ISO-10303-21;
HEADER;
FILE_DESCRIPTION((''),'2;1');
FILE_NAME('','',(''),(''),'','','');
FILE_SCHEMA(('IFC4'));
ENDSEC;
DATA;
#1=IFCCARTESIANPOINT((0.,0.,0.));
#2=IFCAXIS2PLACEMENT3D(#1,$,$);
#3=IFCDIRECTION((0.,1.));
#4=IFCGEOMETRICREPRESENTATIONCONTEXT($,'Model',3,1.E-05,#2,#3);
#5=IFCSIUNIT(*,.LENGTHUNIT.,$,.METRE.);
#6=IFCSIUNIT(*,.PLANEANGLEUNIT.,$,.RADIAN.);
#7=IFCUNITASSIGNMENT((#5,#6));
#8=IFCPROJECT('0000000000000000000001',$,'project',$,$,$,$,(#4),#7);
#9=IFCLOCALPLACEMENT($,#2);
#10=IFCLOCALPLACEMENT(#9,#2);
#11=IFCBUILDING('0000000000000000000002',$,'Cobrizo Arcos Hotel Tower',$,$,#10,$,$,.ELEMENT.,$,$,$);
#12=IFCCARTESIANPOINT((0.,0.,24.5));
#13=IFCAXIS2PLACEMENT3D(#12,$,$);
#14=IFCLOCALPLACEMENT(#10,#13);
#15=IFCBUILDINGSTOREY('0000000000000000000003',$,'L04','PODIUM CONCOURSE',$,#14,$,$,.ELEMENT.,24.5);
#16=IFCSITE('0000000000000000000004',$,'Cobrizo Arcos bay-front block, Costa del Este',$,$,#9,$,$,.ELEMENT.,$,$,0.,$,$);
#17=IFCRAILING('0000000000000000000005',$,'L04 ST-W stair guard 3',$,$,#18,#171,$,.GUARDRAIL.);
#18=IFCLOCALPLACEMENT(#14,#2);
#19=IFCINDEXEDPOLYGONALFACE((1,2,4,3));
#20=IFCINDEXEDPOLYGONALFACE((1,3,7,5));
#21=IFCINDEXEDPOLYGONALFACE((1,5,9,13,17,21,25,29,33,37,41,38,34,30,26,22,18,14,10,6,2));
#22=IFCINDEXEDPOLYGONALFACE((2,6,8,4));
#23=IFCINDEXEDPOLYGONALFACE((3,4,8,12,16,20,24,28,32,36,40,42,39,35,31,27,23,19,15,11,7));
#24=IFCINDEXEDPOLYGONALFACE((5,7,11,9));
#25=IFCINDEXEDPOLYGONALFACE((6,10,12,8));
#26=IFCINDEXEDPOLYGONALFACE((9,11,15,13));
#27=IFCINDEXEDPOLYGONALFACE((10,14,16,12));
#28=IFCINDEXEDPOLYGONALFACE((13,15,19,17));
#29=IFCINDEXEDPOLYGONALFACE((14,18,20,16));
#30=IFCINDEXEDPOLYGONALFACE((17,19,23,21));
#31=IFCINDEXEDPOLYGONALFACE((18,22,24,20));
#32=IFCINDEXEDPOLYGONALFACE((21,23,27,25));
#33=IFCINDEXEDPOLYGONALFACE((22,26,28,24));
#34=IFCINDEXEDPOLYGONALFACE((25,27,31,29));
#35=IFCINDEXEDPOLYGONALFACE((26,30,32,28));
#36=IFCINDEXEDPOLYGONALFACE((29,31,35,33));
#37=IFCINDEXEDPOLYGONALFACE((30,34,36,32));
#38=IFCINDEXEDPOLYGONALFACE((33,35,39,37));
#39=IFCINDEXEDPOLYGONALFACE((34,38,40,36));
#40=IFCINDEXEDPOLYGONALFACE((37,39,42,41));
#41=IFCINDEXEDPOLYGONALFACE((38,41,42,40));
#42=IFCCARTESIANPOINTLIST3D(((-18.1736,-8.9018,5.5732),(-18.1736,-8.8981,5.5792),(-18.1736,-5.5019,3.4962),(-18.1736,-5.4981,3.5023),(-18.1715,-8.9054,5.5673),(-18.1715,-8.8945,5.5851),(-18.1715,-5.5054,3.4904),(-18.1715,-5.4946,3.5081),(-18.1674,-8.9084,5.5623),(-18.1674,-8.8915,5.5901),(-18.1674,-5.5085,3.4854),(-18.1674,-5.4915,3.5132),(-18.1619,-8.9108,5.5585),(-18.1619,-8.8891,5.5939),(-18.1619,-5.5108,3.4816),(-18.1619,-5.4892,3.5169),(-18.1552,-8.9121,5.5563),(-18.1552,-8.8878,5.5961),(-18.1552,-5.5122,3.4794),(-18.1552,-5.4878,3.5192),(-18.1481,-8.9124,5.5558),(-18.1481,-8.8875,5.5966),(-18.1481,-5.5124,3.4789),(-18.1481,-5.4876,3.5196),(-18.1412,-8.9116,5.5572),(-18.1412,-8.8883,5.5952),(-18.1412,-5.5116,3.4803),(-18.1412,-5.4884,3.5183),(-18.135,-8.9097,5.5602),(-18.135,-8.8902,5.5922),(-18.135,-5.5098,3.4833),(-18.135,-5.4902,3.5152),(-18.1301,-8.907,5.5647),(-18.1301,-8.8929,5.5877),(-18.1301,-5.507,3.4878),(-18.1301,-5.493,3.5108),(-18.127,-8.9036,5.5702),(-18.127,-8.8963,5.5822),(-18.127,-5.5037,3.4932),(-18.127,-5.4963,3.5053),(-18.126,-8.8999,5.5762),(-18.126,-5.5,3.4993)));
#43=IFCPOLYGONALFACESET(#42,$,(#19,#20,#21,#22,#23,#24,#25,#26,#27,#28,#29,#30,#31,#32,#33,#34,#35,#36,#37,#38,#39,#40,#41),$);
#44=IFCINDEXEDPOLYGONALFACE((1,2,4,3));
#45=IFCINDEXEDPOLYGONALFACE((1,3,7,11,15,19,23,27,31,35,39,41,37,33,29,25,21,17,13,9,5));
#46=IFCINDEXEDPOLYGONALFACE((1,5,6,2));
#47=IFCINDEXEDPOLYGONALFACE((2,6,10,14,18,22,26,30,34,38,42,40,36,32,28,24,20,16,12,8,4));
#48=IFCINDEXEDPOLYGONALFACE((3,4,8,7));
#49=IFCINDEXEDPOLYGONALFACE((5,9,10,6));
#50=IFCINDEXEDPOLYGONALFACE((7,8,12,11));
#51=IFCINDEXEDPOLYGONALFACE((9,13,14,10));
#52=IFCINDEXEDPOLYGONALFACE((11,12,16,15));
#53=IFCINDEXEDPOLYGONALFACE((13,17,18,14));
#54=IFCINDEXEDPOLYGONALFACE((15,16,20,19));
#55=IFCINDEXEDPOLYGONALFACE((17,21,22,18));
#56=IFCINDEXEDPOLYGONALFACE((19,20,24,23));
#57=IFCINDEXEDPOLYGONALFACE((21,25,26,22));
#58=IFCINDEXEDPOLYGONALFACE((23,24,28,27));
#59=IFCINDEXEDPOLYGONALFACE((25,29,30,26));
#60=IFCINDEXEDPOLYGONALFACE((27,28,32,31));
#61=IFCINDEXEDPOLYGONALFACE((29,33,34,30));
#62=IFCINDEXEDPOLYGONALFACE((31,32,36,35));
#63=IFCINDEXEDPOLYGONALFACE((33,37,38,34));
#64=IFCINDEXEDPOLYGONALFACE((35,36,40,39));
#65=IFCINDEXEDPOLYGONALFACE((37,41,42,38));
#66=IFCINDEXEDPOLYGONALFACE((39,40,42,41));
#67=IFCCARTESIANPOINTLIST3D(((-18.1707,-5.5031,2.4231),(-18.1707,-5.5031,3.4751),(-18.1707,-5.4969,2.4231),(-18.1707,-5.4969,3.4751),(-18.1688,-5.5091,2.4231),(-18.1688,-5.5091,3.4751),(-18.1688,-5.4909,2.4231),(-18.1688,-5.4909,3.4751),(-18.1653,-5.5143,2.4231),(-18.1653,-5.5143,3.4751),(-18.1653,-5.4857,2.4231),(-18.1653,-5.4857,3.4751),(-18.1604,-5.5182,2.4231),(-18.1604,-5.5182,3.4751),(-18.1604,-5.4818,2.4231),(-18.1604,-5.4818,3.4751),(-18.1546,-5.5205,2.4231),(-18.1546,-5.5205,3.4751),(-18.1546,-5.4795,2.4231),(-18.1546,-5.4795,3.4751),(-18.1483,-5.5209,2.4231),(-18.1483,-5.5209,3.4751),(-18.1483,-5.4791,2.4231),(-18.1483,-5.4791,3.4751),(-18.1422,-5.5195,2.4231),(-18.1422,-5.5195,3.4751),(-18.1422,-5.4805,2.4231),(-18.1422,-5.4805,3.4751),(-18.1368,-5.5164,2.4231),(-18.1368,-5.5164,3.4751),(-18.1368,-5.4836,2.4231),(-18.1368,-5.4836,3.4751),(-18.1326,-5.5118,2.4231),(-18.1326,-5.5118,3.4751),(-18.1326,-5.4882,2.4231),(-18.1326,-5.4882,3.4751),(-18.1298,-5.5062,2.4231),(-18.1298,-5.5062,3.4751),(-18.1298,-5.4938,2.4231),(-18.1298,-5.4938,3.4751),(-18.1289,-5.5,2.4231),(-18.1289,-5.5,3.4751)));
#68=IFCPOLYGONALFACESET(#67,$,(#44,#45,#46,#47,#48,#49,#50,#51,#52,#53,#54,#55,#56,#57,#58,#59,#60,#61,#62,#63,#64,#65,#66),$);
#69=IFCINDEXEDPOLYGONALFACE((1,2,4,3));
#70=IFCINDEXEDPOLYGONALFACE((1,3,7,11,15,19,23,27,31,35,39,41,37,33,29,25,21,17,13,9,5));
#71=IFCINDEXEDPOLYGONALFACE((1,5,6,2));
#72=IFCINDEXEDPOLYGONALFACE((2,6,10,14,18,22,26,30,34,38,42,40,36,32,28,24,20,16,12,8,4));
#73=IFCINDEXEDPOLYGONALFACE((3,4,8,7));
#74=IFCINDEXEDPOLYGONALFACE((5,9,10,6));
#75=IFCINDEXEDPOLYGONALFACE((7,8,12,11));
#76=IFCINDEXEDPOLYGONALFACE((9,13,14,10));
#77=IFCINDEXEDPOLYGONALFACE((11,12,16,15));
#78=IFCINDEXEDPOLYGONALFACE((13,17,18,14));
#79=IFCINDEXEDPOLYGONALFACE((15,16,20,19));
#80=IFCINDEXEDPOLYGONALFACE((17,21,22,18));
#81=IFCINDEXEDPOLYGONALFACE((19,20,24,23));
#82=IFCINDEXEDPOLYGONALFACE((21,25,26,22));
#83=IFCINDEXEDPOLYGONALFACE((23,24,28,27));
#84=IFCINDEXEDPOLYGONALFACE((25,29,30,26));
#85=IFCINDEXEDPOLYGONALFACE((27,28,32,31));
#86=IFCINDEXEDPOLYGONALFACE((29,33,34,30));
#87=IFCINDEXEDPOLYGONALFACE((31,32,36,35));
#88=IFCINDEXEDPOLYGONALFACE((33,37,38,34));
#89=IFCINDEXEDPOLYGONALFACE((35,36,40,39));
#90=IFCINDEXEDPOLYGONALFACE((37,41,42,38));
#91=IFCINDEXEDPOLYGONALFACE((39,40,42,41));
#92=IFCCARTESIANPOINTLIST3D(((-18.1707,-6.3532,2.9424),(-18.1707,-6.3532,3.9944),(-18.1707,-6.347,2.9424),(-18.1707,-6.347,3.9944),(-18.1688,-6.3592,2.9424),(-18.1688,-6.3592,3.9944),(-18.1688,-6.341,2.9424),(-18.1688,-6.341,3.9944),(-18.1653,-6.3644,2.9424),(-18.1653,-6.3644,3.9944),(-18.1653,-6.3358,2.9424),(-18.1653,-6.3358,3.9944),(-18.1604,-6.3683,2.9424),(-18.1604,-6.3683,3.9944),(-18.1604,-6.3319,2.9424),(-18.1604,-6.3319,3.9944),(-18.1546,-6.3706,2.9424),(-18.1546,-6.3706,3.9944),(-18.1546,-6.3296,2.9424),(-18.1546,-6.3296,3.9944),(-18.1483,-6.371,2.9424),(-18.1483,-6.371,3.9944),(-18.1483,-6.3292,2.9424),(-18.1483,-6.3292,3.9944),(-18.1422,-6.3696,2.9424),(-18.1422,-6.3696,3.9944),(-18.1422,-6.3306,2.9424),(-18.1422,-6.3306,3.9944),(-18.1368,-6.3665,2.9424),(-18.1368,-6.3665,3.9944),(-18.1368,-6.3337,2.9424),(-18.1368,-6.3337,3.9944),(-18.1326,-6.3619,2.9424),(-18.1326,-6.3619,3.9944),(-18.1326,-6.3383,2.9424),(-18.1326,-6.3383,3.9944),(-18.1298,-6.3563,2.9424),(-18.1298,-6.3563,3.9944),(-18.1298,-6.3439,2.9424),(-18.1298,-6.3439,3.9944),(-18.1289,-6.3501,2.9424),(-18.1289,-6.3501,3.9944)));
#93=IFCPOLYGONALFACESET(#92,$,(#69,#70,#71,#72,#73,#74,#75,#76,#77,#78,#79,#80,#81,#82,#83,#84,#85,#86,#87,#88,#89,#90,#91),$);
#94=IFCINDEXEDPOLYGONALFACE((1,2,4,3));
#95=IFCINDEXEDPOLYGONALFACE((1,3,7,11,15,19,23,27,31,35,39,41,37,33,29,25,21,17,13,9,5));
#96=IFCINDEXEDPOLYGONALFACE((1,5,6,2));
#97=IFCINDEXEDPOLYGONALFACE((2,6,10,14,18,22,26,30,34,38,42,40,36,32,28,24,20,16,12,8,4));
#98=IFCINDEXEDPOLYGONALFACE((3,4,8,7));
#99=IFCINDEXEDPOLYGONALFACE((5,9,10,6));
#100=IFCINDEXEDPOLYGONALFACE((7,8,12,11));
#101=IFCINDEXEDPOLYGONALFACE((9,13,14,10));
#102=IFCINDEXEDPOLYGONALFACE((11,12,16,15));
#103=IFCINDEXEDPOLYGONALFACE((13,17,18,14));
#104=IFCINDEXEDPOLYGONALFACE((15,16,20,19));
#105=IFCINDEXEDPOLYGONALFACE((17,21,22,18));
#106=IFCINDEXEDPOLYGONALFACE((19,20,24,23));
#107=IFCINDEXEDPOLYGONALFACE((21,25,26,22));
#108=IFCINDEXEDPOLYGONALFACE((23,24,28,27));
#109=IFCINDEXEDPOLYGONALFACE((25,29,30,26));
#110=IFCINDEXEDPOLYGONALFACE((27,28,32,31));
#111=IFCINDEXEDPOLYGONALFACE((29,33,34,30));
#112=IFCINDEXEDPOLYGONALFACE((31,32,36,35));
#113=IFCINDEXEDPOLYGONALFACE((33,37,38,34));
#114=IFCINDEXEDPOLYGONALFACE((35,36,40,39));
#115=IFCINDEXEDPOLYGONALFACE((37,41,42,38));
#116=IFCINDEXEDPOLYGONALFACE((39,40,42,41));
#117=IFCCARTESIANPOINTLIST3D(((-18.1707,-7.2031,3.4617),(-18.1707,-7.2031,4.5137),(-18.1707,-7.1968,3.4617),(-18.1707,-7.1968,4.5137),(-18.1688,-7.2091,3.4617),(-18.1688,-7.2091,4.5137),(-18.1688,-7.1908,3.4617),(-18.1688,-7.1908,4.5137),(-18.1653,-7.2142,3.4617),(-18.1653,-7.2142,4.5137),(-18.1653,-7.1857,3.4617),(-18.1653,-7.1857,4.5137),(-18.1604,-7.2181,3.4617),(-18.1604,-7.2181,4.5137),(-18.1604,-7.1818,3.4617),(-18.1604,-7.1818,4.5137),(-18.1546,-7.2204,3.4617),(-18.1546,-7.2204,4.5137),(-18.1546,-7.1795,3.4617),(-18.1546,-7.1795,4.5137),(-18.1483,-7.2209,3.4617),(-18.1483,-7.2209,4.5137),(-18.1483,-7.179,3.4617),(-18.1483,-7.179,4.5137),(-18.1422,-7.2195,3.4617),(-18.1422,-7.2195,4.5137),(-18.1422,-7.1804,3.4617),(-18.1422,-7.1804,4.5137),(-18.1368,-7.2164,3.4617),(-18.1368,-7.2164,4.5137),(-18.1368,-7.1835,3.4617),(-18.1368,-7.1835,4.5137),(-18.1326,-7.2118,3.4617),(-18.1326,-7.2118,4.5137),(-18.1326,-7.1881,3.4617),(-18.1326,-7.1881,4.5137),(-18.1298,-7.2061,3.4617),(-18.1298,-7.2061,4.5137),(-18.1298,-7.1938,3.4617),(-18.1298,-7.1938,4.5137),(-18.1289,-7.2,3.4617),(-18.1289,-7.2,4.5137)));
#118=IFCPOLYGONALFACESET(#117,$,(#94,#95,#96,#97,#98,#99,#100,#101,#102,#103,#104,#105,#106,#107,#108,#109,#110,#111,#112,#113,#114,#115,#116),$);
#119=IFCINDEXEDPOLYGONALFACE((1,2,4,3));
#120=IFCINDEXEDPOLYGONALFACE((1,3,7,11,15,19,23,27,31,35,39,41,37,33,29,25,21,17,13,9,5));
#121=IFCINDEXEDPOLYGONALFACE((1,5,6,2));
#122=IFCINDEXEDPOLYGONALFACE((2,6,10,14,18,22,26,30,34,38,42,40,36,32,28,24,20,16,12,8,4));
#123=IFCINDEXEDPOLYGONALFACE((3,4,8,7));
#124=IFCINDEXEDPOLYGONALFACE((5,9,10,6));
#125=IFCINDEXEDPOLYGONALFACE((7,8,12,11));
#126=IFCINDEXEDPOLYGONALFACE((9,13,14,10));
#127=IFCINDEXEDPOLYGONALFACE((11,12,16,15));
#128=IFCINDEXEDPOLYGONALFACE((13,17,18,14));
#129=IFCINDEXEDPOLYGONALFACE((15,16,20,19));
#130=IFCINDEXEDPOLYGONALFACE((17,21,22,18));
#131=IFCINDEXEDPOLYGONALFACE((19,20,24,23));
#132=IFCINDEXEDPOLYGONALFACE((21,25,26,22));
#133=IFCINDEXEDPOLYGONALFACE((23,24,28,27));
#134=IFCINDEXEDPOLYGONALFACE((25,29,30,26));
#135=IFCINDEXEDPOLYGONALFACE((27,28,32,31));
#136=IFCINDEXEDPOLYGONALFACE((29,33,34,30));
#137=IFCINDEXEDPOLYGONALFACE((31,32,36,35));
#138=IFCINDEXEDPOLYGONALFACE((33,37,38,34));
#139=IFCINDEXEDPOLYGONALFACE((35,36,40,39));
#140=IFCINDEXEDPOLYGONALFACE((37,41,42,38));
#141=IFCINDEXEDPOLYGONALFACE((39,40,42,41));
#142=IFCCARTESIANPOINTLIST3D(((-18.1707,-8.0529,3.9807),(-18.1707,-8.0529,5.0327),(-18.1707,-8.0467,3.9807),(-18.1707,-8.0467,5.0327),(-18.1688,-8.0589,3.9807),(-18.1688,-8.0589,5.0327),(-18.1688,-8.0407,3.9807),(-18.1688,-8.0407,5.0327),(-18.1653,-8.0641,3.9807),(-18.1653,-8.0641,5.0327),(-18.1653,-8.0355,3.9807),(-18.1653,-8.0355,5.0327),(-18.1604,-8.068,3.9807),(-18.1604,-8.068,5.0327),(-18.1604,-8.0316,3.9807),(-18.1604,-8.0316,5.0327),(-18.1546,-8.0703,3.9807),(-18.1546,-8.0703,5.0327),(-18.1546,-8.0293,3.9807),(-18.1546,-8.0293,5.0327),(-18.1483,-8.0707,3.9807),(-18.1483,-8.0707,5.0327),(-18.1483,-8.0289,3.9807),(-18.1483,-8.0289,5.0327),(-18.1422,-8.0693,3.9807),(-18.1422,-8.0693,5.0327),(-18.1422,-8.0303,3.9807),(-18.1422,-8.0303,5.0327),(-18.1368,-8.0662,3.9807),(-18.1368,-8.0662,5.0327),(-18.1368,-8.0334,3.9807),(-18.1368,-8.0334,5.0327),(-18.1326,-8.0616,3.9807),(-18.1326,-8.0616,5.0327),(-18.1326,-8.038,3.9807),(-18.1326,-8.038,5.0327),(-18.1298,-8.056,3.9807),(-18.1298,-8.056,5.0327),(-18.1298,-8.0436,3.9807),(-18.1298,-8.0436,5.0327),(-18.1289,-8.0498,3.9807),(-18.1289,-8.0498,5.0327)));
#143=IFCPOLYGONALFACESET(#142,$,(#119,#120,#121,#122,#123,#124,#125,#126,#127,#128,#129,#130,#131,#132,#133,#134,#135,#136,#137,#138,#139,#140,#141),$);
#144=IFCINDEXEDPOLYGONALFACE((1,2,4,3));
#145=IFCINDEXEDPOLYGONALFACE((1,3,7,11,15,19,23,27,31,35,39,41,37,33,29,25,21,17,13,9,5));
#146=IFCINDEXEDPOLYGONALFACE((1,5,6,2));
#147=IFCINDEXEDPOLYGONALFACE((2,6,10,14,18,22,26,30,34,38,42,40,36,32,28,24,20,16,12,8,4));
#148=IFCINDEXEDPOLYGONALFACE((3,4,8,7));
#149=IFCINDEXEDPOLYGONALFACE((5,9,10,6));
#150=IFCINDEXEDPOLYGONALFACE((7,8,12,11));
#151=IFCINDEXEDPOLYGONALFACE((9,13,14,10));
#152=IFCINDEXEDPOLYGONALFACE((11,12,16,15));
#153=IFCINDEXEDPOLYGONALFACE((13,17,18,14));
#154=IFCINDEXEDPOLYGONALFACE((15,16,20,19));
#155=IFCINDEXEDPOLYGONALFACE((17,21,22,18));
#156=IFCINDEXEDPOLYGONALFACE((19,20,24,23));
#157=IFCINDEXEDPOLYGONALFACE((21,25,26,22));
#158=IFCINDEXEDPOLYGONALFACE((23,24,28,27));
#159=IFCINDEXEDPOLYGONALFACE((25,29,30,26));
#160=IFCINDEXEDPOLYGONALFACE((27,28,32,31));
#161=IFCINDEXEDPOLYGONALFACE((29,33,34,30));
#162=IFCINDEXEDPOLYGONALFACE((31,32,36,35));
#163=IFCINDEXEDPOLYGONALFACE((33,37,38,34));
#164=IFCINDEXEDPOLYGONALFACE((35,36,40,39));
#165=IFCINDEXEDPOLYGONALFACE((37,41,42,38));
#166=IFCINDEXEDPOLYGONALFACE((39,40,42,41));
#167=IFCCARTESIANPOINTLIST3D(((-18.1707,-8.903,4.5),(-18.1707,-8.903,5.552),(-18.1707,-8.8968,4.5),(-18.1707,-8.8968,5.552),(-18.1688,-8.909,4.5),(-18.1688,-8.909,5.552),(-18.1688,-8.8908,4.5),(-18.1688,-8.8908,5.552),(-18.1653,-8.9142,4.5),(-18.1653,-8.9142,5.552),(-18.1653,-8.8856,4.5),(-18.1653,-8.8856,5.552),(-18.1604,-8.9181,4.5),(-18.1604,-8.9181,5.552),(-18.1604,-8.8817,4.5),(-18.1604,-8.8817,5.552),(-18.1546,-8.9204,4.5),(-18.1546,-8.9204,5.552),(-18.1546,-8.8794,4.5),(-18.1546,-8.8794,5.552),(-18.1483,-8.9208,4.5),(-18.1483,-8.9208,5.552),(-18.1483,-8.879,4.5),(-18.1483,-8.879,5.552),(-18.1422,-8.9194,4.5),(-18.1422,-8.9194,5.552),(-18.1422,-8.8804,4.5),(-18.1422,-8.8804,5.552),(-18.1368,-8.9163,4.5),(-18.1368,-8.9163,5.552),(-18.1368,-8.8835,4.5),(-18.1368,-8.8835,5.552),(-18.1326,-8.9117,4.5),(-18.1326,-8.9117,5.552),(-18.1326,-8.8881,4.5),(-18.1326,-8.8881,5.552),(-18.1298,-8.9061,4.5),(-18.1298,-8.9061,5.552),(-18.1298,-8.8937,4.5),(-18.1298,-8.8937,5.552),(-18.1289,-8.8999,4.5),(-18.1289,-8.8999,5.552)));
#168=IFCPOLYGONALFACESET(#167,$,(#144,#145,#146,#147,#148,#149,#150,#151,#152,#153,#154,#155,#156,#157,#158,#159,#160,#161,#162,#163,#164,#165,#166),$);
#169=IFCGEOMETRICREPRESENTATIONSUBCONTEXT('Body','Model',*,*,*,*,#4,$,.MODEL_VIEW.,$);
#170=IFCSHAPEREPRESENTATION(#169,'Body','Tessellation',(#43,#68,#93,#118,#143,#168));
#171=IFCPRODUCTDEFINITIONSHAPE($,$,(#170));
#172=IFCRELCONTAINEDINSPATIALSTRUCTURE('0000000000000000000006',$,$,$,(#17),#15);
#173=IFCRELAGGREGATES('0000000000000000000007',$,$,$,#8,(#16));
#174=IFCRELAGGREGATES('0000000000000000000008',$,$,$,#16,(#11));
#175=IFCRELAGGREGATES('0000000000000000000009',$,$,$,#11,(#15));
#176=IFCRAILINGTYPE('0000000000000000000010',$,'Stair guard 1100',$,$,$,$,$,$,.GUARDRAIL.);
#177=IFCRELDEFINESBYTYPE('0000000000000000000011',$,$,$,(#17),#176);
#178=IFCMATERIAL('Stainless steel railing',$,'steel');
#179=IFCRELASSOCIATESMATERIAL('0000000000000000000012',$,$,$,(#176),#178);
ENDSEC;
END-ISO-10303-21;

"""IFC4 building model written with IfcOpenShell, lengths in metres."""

from ifc_helpers import new_model, si_unit, direction, frame, origin, origin_2d, place, context, subcontext, project, spatial, circle, extrude, material, type_object, element, save


model = new_model("IFC4")

# Units and contexts
model_context = context("Model", 3, precision=1e-05, world=origin(), true_north=direction((0.0, 1.0)))
body_context = subcontext(model_context, "Body", "Model", "MODEL_VIEW")
ifc_project = project(units=[si_unit("LENGTHUNIT", "METRE"), si_unit("PLANEANGLEUNIT", "RADIAN")], contexts=[model_context])

# Site, building, storey
site_placement = place(None, origin())
site = spatial("IfcSite", under=ifc_project, at=site_placement, Name="Cobrizo Arcos bay-front block, Costa del Este", CompositionType="ELEMENT", RefElevation=0.0)
building_placement = place(site_placement, origin())
building = spatial("IfcBuilding", under=site, at=building_placement, Name="Cobrizo Arcos Hotel Tower", CompositionType="ELEMENT")
storey_placement = place(building_placement, frame((0.0, 0.0, 24.5)))
storey = spatial("IfcBuildingStorey", under=building, at=storey_placement, Name="L04", Description="PODIUM CONCOURSE", CompositionType="ELEMENT", Elevation=24.5)

# Railing
ifc_material_1 = material(Name="Stainless steel railing", Category="steel")
railing_type_1 = type_object("IfcRailingType", Name="Stair guard 1100", PredefinedType="GUARDRAIL", material=ifc_material_1)
railing_1_placement = place(storey_placement, frame((-18.1499, -5.5, 2.4231)))
element("IfcRailing", 1, at=railing_1_placement, inside=storey, type_object=railing_type_1, Name="L04 ST-W stair guard 3", PredefinedType="GUARDRAIL", context=body_context, shape_type="SweptSolid", body=[
    extrude(circle(Radius=0.0239, at=origin_2d()), frame((0.0, 0.0, 1.0762), z_axis=(0.0, -0.853373, 0.521301), x_axis=(1.0, 0.0, 0.0)), (0.0, 0.0, 1.0), 3.9841),
    extrude(circle(Radius=0.021, at=origin_2d()), origin(), (0.0, 0.0, 1.0), 1.052),
    extrude(circle(Radius=0.021, at=origin_2d()), frame((0.0, -0.8501, 0.5193)), (0.0, 0.0, 1.0), 1.052),
    extrude(circle(Radius=0.021, at=origin_2d()), frame((0.0, -1.7, 1.0386)), (0.0, 0.0, 1.0), 1.052),
    extrude(circle(Radius=0.021, at=origin_2d()), frame((0.0, -2.5498, 1.5576)), (0.0, 0.0, 1.0), 1.052),
    extrude(circle(Radius=0.021, at=origin_2d()), frame((0.0, -3.3999, 2.0769)), (0.0, 0.0, 1.0), 1.052),
])

save(model, "model.ifc")
